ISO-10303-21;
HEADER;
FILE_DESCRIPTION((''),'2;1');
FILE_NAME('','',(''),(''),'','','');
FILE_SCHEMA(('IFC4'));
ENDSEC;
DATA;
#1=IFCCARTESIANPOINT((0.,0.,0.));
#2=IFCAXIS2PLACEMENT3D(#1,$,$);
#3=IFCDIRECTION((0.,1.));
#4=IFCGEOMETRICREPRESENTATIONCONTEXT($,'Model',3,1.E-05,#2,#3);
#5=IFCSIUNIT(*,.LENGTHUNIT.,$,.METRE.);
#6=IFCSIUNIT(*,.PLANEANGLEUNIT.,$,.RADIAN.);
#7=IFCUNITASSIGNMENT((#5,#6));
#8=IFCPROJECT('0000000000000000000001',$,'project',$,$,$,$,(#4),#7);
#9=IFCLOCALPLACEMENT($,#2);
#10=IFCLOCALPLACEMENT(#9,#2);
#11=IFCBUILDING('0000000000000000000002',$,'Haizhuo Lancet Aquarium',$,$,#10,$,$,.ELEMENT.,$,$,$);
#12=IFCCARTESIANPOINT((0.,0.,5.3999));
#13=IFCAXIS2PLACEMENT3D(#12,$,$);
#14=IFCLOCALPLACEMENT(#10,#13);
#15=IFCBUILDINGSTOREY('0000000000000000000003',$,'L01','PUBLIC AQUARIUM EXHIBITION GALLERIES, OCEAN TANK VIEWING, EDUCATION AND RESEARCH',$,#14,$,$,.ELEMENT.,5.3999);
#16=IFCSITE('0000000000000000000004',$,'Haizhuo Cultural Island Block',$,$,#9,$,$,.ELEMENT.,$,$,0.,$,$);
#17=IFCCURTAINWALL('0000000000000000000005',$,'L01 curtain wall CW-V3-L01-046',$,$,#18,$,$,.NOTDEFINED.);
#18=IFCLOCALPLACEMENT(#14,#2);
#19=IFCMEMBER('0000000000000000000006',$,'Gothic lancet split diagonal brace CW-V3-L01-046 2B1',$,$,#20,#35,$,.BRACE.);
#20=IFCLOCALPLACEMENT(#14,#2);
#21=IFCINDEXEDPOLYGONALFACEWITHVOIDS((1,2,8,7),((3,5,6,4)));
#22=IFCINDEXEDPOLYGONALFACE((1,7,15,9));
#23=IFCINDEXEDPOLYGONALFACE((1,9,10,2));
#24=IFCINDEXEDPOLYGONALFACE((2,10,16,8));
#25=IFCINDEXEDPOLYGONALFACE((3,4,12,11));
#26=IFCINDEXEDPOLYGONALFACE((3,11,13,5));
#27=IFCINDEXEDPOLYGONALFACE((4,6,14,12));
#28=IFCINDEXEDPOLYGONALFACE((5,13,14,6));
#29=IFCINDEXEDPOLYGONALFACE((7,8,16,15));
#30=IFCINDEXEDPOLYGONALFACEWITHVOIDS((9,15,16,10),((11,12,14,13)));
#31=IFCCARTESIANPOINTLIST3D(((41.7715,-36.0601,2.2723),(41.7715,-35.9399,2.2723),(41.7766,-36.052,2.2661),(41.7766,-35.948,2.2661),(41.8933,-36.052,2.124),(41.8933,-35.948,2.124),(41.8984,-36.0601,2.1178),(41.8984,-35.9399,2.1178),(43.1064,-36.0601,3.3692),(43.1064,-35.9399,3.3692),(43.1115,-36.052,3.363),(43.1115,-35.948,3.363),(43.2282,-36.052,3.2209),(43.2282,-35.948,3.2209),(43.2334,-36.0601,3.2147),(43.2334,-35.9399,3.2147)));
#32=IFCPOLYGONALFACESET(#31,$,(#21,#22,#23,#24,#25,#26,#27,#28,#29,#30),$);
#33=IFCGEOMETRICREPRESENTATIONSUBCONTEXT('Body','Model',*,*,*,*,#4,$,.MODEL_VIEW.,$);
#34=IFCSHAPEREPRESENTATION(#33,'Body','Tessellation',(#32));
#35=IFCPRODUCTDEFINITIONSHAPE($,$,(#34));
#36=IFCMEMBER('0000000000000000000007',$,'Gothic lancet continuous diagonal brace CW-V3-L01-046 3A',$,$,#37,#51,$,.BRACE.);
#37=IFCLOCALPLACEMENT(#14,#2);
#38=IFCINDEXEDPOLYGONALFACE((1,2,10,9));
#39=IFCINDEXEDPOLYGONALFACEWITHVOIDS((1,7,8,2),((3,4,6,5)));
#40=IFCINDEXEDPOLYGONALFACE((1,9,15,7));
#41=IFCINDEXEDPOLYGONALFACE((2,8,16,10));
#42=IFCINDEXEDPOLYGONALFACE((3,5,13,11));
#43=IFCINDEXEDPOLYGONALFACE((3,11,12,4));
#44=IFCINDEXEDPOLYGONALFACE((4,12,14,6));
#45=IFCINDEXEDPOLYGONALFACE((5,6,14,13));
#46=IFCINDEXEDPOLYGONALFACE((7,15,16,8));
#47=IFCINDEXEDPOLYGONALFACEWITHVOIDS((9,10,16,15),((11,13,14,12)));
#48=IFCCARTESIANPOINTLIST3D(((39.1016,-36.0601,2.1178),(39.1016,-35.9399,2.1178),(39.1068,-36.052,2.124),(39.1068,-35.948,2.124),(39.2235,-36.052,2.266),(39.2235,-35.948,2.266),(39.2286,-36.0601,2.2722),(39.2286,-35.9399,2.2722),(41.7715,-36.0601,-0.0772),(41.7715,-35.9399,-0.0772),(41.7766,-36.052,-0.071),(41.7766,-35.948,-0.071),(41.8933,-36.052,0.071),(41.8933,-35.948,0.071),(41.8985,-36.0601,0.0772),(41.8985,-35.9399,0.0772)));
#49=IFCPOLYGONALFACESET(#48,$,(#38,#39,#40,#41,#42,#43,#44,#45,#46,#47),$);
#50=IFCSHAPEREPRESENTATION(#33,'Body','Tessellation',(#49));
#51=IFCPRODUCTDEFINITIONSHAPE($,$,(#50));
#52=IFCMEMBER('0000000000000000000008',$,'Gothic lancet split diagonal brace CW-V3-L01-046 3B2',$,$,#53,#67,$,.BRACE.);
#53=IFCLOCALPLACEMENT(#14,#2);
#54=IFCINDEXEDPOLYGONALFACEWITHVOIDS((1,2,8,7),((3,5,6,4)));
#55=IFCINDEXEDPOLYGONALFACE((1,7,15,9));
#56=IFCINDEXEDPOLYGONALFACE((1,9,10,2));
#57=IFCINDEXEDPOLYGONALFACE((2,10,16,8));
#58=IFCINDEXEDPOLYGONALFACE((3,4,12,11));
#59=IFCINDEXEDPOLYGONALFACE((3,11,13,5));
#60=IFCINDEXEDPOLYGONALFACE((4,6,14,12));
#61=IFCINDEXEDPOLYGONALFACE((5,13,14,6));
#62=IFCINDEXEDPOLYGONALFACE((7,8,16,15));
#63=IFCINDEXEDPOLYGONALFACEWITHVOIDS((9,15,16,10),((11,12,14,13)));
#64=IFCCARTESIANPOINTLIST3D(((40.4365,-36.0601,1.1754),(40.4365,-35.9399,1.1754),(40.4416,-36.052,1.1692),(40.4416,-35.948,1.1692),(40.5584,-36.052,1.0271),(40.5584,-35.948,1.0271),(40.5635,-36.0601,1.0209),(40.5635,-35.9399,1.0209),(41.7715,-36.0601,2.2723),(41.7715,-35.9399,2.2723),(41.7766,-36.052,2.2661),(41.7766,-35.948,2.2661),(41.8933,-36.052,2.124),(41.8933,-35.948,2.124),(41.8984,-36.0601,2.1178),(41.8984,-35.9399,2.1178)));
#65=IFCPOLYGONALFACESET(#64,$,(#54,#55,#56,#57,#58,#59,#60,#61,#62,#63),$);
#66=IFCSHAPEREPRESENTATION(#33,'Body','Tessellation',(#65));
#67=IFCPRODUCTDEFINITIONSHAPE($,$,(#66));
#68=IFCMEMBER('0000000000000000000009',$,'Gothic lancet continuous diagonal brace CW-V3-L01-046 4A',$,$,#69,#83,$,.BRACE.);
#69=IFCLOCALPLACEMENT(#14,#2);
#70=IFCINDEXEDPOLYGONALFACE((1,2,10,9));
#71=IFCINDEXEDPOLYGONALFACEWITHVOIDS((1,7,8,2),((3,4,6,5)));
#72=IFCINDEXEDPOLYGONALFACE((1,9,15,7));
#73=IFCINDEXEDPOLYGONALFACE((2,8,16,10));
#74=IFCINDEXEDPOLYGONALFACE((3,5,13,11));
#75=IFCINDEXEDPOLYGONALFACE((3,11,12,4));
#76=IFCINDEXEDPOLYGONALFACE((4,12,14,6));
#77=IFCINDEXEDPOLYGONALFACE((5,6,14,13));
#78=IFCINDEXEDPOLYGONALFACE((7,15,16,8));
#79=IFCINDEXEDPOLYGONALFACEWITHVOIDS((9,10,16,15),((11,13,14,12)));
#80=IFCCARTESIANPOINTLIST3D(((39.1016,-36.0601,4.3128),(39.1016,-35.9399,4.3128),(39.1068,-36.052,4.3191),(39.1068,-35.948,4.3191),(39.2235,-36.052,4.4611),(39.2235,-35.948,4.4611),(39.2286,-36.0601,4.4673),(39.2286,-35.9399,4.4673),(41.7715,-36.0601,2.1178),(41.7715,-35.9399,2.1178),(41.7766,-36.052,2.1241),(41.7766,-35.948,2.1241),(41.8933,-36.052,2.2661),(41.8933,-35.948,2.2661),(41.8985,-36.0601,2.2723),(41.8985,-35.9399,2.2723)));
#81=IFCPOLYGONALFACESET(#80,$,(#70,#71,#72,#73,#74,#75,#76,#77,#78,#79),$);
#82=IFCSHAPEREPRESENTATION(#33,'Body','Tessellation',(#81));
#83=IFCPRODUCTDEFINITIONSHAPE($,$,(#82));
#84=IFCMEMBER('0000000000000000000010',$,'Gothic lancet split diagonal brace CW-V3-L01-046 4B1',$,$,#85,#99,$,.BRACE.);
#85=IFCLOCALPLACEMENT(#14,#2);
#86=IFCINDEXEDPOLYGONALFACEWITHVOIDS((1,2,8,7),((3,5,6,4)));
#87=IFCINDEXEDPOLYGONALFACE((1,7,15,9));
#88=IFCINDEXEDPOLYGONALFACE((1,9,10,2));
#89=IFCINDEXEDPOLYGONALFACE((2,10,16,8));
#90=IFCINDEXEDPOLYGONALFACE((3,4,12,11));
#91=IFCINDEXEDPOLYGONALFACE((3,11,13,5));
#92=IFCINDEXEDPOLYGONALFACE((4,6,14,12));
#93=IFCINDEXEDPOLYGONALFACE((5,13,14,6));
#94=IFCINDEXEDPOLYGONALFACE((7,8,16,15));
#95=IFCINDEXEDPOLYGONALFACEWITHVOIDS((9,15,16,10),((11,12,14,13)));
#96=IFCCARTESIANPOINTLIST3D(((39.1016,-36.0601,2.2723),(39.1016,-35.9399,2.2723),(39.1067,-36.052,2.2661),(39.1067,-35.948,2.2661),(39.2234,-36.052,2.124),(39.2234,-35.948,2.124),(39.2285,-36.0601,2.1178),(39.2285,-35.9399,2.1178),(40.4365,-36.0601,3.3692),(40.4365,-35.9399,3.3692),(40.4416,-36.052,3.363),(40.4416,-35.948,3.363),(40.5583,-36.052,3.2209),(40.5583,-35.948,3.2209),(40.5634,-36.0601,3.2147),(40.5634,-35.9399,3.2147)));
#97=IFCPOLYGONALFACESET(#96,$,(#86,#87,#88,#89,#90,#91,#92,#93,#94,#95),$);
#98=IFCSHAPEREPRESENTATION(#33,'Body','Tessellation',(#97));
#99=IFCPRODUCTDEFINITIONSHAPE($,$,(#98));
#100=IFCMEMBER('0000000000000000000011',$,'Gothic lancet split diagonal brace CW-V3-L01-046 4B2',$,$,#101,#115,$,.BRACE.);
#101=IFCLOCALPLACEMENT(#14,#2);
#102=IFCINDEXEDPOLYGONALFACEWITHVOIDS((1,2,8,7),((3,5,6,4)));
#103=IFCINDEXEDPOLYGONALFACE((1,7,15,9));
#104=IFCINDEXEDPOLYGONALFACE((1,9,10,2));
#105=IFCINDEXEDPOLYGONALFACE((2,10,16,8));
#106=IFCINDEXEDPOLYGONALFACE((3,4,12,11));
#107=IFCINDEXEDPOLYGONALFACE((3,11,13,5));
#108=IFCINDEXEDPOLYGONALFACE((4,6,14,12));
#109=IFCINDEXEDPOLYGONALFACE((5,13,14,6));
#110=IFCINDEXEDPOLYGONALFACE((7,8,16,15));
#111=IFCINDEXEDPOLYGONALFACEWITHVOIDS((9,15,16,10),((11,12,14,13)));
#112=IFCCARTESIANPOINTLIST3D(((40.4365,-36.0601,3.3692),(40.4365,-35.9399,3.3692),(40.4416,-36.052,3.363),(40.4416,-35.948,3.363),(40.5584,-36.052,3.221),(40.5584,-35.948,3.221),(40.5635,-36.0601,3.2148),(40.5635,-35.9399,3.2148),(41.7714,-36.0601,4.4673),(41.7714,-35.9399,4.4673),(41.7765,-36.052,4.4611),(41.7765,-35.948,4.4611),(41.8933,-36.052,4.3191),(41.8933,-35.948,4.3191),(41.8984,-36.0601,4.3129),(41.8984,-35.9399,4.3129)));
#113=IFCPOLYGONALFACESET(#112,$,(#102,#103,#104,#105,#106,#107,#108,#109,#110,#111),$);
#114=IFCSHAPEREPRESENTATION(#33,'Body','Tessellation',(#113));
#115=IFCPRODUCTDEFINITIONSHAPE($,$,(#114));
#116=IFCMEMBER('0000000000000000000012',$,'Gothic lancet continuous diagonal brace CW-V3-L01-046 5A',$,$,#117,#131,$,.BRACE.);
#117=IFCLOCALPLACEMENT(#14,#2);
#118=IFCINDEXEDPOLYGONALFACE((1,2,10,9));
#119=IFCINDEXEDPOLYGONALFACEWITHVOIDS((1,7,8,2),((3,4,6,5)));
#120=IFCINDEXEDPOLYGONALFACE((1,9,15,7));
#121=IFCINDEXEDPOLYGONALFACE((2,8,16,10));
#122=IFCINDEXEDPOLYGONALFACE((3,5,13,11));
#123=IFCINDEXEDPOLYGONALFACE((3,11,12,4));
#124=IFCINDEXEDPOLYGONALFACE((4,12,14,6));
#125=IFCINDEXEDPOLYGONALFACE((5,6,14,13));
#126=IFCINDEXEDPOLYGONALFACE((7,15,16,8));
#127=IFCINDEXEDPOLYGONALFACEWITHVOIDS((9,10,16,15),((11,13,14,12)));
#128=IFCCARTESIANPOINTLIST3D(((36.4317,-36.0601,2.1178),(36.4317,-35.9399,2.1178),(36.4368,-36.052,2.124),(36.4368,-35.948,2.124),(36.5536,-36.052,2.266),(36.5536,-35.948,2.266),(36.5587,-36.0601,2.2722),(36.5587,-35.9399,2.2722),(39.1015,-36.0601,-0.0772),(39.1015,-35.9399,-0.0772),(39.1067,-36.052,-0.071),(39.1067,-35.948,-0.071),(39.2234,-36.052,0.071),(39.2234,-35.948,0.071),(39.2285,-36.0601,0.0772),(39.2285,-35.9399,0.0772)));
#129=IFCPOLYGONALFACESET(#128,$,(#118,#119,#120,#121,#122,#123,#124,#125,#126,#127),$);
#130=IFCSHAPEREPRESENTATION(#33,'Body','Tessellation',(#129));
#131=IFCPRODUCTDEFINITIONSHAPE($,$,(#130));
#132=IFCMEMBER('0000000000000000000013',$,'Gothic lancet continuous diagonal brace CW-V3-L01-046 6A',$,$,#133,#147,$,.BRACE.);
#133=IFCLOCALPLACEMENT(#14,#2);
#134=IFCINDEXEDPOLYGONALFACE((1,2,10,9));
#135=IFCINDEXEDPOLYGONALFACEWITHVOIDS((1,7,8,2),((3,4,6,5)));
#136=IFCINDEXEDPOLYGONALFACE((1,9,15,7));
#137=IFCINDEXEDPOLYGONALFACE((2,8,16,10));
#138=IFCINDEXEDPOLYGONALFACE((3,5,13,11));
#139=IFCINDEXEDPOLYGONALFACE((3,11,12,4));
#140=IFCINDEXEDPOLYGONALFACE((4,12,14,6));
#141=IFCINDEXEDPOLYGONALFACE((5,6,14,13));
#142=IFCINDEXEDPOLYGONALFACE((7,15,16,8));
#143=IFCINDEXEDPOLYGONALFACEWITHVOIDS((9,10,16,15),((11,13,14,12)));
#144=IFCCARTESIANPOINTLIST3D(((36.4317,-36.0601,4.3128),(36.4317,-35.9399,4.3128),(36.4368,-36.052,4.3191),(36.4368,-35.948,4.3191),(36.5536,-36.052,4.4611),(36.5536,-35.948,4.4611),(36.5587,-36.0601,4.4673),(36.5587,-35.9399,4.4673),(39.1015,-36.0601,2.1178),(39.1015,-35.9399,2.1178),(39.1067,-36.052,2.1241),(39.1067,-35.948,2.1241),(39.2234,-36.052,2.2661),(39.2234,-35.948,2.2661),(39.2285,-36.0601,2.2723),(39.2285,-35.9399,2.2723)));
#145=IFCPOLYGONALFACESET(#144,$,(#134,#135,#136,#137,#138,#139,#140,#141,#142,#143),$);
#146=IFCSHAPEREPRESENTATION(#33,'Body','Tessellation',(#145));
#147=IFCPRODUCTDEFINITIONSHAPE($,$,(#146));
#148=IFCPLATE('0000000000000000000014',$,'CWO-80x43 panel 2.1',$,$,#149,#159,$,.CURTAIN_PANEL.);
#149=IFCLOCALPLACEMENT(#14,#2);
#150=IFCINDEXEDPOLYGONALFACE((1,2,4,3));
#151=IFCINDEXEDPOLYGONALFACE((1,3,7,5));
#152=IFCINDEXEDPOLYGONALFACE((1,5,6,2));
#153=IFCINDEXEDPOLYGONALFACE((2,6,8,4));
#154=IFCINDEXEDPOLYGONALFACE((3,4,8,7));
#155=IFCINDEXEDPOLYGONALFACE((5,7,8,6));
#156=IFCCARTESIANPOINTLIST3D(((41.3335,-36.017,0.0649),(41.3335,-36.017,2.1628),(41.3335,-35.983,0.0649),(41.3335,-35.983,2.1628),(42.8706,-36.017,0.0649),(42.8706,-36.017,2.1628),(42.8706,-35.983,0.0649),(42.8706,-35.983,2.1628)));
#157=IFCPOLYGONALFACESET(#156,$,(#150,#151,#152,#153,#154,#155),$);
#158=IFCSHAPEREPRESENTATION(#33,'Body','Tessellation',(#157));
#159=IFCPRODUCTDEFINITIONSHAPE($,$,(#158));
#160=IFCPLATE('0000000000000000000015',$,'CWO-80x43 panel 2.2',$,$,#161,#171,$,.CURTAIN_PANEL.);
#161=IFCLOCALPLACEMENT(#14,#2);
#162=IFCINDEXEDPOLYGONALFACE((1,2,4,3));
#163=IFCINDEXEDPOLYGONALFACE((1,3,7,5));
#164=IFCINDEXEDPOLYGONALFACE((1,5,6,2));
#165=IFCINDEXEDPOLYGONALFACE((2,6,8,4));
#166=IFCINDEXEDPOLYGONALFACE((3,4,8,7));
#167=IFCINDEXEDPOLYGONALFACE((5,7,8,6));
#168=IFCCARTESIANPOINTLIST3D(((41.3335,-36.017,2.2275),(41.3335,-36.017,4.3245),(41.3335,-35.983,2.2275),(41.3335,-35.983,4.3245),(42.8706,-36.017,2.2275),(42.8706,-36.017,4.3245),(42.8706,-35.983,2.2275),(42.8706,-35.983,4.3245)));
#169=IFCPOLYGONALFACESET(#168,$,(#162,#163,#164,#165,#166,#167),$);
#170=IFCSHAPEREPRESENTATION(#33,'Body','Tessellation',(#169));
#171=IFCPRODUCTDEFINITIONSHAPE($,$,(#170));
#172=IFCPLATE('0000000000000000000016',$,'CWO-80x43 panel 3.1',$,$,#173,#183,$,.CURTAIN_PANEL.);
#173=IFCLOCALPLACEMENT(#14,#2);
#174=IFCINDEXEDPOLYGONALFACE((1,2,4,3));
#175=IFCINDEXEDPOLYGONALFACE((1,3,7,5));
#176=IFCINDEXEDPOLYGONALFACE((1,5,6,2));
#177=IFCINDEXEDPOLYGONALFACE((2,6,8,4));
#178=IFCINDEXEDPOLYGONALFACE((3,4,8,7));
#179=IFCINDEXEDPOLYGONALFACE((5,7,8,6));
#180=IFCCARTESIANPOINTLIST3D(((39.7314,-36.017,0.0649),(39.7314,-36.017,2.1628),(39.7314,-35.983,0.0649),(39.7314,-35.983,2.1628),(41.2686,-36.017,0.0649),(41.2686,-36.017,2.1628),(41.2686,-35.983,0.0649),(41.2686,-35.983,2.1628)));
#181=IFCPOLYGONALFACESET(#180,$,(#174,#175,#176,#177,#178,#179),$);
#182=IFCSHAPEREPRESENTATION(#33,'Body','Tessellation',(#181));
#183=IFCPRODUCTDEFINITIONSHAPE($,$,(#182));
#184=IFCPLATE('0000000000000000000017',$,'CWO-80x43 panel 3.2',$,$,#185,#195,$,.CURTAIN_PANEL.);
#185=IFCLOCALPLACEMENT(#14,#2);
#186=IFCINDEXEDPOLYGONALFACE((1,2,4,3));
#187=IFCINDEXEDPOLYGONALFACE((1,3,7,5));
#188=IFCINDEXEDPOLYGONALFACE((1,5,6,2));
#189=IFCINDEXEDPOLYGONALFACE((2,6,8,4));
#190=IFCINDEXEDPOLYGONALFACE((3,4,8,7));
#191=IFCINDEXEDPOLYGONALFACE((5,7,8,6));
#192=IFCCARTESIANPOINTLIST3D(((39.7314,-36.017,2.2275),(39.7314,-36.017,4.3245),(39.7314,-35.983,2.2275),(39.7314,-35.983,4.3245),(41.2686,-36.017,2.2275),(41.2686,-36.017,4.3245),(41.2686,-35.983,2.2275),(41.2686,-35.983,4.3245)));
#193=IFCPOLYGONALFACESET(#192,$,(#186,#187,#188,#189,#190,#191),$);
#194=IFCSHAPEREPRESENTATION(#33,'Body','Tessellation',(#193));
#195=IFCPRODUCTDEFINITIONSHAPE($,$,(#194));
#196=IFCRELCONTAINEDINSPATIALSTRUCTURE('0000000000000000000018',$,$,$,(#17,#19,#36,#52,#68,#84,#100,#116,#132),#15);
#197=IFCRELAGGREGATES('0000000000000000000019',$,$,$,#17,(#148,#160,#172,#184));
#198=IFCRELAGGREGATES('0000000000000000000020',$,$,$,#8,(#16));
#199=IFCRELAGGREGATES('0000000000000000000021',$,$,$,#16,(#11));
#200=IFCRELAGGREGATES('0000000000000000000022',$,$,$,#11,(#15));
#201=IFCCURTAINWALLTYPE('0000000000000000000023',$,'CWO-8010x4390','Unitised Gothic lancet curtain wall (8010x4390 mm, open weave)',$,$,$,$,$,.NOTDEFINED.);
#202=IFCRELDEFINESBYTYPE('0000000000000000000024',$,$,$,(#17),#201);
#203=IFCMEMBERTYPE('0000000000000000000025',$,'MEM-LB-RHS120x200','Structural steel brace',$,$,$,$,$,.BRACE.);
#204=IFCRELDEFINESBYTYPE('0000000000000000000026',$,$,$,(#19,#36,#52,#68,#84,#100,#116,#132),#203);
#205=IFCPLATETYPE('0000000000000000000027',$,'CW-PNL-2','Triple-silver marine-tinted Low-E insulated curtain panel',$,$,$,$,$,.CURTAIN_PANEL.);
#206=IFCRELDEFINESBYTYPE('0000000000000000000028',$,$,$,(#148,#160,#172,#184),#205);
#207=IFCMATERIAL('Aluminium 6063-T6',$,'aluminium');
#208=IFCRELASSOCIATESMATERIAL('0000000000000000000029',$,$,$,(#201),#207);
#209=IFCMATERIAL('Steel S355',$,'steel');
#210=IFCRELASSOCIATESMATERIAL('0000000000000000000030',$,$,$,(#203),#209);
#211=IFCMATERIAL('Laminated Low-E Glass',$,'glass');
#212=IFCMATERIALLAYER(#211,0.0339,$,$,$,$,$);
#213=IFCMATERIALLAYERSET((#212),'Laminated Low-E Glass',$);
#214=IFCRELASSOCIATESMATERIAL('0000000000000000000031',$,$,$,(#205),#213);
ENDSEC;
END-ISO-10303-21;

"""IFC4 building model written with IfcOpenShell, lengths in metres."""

from ifc_helpers import new_model, si_unit, direction, frame, origin, origin_2d, place, context, subcontext, project, spatial, rectangle, hollow_rectangle, extrude, material, layer, layer_set, material_profile, profile_set, type_object, element, aggregate, save


model = new_model("IFC4")

# Units and contexts
model_context = context("Model", 3, precision=1e-05, world=origin(), true_north=direction((0.0, 1.0)))
body_context = subcontext(model_context, "Body", "Model", "MODEL_VIEW")
ifc_project = project(units=[si_unit("LENGTHUNIT", "METRE"), si_unit("PLANEANGLEUNIT", "RADIAN")], contexts=[model_context])

# Site, building, storey
site_placement = place(None, origin())
site = spatial("IfcSite", under=ifc_project, at=site_placement, Name="Haizhuo Cultural Island Block", CompositionType="ELEMENT", RefElevation=0.0)
building_placement = place(site_placement, origin())
building = spatial("IfcBuilding", under=site, at=building_placement, Name="Haizhuo Lancet Aquarium", CompositionType="ELEMENT")
storey_placement = place(building_placement, frame((0.0, 0.0, 5.3999)))
storey = spatial("IfcBuildingStorey", under=building, at=storey_placement, Name="L01", Description="PUBLIC AQUARIUM EXHIBITION GALLERIES, OCEAN TANK VIEWING, EDUCATION AND RESEARCH", CompositionType="ELEMENT", Elevation=5.3999)

# Curtain wall
ifc_material_1 = material(Name="Aluminium 6063-T6", Category="aluminium")
curtain_wall_type = type_object("IfcCurtainWallType", Name="CWO-8010x4390", Description="Unitised Gothic lancet curtain wall (8010x4390 mm, open weave)", PredefinedType="NOTDEFINED", material=ifc_material_1)
curtain_wall_placement = place(storey_placement, origin())
curtain_wall = element("IfcCurtainWall", 1, at=curtain_wall_placement, inside=storey, type_object=curtain_wall_type, Name="L01 curtain wall CW-V3-L01-046", PredefinedType="NOTDEFINED")

# Members
ifc_material_2 = material(Name="Steel S355", Category="steel")
ifc_material_profile_1 = material_profile(ifc_material_2, hollow_rectangle(XDim=0.1201, YDim=0.2, WallThickness=0.0081, at=origin_2d()), Name="RHS 120x200x8")
ifc_profile_set_1 = profile_set([ifc_material_profile_1], Name="Steel S355")
member_type_1 = type_object("IfcMemberType", Name="MEM-LB-RHS120x200", Description="Structural steel brace", PredefinedType="BRACE", material=ifc_profile_set_1)
member_1_placement = place(storey_placement, frame((41.835, -36.0, 2.1951), z_axis=(0.772627, 0.0, 0.63486), x_axis=(0.0, 1.0, 0.0)))
element("IfcMember", 2, at=member_1_placement, inside=storey, type_object=member_type_1, Name="Gothic lancet split diagonal brace CW-V3-L01-046 2B1", PredefinedType="BRACE", context=body_context, shape_type="SweptSolid", body=[
    extrude(hollow_rectangle(XDim=0.1201, YDim=0.2, WallThickness=0.0081, at=origin_2d()), origin(), (0.0, 0.0, 1.0), 1.7278),
])
member_2_placement = place(storey_placement, frame((41.835, -36.0, 0.0), z_axis=(-0.772454, 0.0, 0.635071), x_axis=(0.0, -1.0, 0.0)))
element("IfcMember", 3, at=member_2_placement, inside=storey, type_object=member_type_1, Name="Gothic lancet continuous diagonal brace CW-V3-L01-046 3A", PredefinedType="BRACE", context=body_context, shape_type="SweptSolid", body=[
    extrude(hollow_rectangle(XDim=0.1201, YDim=0.2, WallThickness=0.0081, at=origin_2d()), origin(), (0.0, 0.0, 1.0), 3.4563),
])
member_3_placement = place(storey_placement, frame((40.5, -36.0, 1.0981), z_axis=(0.772627, 0.0, 0.63486), x_axis=(0.0, 1.0, 0.0)))
element("IfcMember", 4, at=member_3_placement, inside=storey, type_object=member_type_1, Name="Gothic lancet split diagonal brace CW-V3-L01-046 3B2", PredefinedType="BRACE", context=body_context, shape_type="SweptSolid", body=[
    extrude(hollow_rectangle(XDim=0.1201, YDim=0.2, WallThickness=0.0081, at=origin_2d()), origin(), (0.0, 0.0, 1.0), 1.7278),
])
member_4_placement = place(storey_placement, frame((41.835, -36.0, 2.1951), z_axis=(-0.772454, 0.0, 0.635071), x_axis=(0.0, -1.0, 0.0)))
element("IfcMember", 5, at=member_4_placement, inside=storey, type_object=member_type_1, Name="Gothic lancet continuous diagonal brace CW-V3-L01-046 4A", PredefinedType="BRACE", context=body_context, shape_type="SweptSolid", body=[
    extrude(hollow_rectangle(XDim=0.1201, YDim=0.2, WallThickness=0.0081, at=origin_2d()), origin(), (0.0, 0.0, 1.0), 3.4563),
])
member_5_placement = place(storey_placement, frame((39.165, -36.0, 2.1951), z_axis=(0.772627, 0.0, 0.63486), x_axis=(0.0, 1.0, 0.0)))
element("IfcMember", 6, at=member_5_placement, inside=storey, type_object=member_type_1, Name="Gothic lancet split diagonal brace CW-V3-L01-046 4B1", PredefinedType="BRACE", context=body_context, shape_type="SweptSolid", body=[
    extrude(hollow_rectangle(XDim=0.1201, YDim=0.2, WallThickness=0.0081, at=origin_2d()), origin(), (0.0, 0.0, 1.0), 1.7278),
])
member_6_placement = place(storey_placement, frame((40.5, -36.0, 3.292), z_axis=(0.772281, 0.0, 0.635281), x_axis=(0.0, 1.0, 0.0)))
element("IfcMember", 7, at=member_6_placement, inside=storey, type_object=member_type_1, Name="Gothic lancet split diagonal brace CW-V3-L01-046 4B2", PredefinedType="BRACE", context=body_context, shape_type="SweptSolid", body=[
    extrude(hollow_rectangle(XDim=0.1201, YDim=0.2, WallThickness=0.0081, at=origin_2d()), origin(), (0.0, 0.0, 1.0), 1.7285),
])
for number, where, z_axis, x_axis, name in (
    (8, (39.165, -36.0, 0.0), (-0.772454, 0.0, 0.635071), (0.0, -1.0, 0.0), "Gothic lancet continuous diagonal brace CW-V3-L01-046 5A"),
    (9, (39.165, -36.0, 2.1951), (-0.772454, 0.0, 0.635071), (0.0, -1.0, 0.0), "Gothic lancet continuous diagonal brace CW-V3-L01-046 6A"),
):
    element("IfcMember", number, at=place(storey_placement, frame(where, z_axis=z_axis, x_axis=x_axis)), inside=storey, type_object=member_type_1, Name=name, PredefinedType="BRACE", context=body_context, shape_type="SweptSolid", body=[
        extrude(hollow_rectangle(XDim=0.1201, YDim=0.2, WallThickness=0.0081, at=origin_2d()), origin(), (0.0, 0.0, 1.0), 3.4563),
    ])

# Plates
ifc_material_3 = material(Name="Laminated Low-E Glass", Category="glass")
ifc_layer = layer(ifc_material_3, 0.0339)
ifc_layer_set = layer_set([ifc_layer], Name="Laminated Low-E Glass")
plate_type = type_object("IfcPlateType", Name="CW-PNL-2", Description="Triple-silver marine-tinted Low-E insulated curtain panel", PredefinedType="CURTAIN_PANEL", material=ifc_layer_set)
plate_1_placement = place(storey_placement, frame((42.1021, -36.0, 0.0649), z_axis=(0.0, 0.0, 1.0), x_axis=(-1.0, 0.0, 0.0)))
plate_1 = element("IfcPlate", 10, at=plate_1_placement, type_object=plate_type, Name="CWO-80x43 panel 2.1", PredefinedType="CURTAIN_PANEL", context=body_context, shape_type="SweptSolid", body=[
    extrude(rectangle(XDim=1.5371, YDim=0.0339, at=origin_2d()), origin(), (0.0, 0.0, 1.0), 2.0979),
])
plate_2_placement = place(storey_placement, frame((42.1021, -36.0, 2.2275), z_axis=(0.0, 0.0, 1.0), x_axis=(-1.0, 0.0, 0.0)))
plate_2 = element("IfcPlate", 11, at=plate_2_placement, type_object=plate_type, Name="CWO-80x43 panel 2.2", PredefinedType="CURTAIN_PANEL", context=body_context, shape_type="SweptSolid", body=[
    extrude(rectangle(XDim=1.5371, YDim=0.0339, at=origin_2d()), origin(), (0.0, 0.0, 1.0), 2.0969),
])
plate_3_placement = place(storey_placement, frame((40.5, -36.0, 0.0649), z_axis=(0.0, 0.0, 1.0), x_axis=(-1.0, 0.0, 0.0)))
plate_3 = element("IfcPlate", 12, at=plate_3_placement, type_object=plate_type, Name="CWO-80x43 panel 3.1", PredefinedType="CURTAIN_PANEL", context=body_context, shape_type="SweptSolid", body=[
    extrude(rectangle(XDim=1.5371, YDim=0.0339, at=origin_2d()), origin(), (0.0, 0.0, 1.0), 2.0979),
])
plate_4_placement = place(storey_placement, frame((40.5, -36.0, 2.2275), z_axis=(0.0, 0.0, 1.0), x_axis=(-1.0, 0.0, 0.0)))
plate_4 = element("IfcPlate", 13, at=plate_4_placement, type_object=plate_type, Name="CWO-80x43 panel 3.2", PredefinedType="CURTAIN_PANEL", context=body_context, shape_type="SweptSolid", body=[
    extrude(rectangle(XDim=1.5371, YDim=0.0339, at=origin_2d()), origin(), (0.0, 0.0, 1.0), 2.0969),
])
aggregate(curtain_wall, [plate_1, plate_2, plate_3, plate_4])

save(model, "model.ifc")
